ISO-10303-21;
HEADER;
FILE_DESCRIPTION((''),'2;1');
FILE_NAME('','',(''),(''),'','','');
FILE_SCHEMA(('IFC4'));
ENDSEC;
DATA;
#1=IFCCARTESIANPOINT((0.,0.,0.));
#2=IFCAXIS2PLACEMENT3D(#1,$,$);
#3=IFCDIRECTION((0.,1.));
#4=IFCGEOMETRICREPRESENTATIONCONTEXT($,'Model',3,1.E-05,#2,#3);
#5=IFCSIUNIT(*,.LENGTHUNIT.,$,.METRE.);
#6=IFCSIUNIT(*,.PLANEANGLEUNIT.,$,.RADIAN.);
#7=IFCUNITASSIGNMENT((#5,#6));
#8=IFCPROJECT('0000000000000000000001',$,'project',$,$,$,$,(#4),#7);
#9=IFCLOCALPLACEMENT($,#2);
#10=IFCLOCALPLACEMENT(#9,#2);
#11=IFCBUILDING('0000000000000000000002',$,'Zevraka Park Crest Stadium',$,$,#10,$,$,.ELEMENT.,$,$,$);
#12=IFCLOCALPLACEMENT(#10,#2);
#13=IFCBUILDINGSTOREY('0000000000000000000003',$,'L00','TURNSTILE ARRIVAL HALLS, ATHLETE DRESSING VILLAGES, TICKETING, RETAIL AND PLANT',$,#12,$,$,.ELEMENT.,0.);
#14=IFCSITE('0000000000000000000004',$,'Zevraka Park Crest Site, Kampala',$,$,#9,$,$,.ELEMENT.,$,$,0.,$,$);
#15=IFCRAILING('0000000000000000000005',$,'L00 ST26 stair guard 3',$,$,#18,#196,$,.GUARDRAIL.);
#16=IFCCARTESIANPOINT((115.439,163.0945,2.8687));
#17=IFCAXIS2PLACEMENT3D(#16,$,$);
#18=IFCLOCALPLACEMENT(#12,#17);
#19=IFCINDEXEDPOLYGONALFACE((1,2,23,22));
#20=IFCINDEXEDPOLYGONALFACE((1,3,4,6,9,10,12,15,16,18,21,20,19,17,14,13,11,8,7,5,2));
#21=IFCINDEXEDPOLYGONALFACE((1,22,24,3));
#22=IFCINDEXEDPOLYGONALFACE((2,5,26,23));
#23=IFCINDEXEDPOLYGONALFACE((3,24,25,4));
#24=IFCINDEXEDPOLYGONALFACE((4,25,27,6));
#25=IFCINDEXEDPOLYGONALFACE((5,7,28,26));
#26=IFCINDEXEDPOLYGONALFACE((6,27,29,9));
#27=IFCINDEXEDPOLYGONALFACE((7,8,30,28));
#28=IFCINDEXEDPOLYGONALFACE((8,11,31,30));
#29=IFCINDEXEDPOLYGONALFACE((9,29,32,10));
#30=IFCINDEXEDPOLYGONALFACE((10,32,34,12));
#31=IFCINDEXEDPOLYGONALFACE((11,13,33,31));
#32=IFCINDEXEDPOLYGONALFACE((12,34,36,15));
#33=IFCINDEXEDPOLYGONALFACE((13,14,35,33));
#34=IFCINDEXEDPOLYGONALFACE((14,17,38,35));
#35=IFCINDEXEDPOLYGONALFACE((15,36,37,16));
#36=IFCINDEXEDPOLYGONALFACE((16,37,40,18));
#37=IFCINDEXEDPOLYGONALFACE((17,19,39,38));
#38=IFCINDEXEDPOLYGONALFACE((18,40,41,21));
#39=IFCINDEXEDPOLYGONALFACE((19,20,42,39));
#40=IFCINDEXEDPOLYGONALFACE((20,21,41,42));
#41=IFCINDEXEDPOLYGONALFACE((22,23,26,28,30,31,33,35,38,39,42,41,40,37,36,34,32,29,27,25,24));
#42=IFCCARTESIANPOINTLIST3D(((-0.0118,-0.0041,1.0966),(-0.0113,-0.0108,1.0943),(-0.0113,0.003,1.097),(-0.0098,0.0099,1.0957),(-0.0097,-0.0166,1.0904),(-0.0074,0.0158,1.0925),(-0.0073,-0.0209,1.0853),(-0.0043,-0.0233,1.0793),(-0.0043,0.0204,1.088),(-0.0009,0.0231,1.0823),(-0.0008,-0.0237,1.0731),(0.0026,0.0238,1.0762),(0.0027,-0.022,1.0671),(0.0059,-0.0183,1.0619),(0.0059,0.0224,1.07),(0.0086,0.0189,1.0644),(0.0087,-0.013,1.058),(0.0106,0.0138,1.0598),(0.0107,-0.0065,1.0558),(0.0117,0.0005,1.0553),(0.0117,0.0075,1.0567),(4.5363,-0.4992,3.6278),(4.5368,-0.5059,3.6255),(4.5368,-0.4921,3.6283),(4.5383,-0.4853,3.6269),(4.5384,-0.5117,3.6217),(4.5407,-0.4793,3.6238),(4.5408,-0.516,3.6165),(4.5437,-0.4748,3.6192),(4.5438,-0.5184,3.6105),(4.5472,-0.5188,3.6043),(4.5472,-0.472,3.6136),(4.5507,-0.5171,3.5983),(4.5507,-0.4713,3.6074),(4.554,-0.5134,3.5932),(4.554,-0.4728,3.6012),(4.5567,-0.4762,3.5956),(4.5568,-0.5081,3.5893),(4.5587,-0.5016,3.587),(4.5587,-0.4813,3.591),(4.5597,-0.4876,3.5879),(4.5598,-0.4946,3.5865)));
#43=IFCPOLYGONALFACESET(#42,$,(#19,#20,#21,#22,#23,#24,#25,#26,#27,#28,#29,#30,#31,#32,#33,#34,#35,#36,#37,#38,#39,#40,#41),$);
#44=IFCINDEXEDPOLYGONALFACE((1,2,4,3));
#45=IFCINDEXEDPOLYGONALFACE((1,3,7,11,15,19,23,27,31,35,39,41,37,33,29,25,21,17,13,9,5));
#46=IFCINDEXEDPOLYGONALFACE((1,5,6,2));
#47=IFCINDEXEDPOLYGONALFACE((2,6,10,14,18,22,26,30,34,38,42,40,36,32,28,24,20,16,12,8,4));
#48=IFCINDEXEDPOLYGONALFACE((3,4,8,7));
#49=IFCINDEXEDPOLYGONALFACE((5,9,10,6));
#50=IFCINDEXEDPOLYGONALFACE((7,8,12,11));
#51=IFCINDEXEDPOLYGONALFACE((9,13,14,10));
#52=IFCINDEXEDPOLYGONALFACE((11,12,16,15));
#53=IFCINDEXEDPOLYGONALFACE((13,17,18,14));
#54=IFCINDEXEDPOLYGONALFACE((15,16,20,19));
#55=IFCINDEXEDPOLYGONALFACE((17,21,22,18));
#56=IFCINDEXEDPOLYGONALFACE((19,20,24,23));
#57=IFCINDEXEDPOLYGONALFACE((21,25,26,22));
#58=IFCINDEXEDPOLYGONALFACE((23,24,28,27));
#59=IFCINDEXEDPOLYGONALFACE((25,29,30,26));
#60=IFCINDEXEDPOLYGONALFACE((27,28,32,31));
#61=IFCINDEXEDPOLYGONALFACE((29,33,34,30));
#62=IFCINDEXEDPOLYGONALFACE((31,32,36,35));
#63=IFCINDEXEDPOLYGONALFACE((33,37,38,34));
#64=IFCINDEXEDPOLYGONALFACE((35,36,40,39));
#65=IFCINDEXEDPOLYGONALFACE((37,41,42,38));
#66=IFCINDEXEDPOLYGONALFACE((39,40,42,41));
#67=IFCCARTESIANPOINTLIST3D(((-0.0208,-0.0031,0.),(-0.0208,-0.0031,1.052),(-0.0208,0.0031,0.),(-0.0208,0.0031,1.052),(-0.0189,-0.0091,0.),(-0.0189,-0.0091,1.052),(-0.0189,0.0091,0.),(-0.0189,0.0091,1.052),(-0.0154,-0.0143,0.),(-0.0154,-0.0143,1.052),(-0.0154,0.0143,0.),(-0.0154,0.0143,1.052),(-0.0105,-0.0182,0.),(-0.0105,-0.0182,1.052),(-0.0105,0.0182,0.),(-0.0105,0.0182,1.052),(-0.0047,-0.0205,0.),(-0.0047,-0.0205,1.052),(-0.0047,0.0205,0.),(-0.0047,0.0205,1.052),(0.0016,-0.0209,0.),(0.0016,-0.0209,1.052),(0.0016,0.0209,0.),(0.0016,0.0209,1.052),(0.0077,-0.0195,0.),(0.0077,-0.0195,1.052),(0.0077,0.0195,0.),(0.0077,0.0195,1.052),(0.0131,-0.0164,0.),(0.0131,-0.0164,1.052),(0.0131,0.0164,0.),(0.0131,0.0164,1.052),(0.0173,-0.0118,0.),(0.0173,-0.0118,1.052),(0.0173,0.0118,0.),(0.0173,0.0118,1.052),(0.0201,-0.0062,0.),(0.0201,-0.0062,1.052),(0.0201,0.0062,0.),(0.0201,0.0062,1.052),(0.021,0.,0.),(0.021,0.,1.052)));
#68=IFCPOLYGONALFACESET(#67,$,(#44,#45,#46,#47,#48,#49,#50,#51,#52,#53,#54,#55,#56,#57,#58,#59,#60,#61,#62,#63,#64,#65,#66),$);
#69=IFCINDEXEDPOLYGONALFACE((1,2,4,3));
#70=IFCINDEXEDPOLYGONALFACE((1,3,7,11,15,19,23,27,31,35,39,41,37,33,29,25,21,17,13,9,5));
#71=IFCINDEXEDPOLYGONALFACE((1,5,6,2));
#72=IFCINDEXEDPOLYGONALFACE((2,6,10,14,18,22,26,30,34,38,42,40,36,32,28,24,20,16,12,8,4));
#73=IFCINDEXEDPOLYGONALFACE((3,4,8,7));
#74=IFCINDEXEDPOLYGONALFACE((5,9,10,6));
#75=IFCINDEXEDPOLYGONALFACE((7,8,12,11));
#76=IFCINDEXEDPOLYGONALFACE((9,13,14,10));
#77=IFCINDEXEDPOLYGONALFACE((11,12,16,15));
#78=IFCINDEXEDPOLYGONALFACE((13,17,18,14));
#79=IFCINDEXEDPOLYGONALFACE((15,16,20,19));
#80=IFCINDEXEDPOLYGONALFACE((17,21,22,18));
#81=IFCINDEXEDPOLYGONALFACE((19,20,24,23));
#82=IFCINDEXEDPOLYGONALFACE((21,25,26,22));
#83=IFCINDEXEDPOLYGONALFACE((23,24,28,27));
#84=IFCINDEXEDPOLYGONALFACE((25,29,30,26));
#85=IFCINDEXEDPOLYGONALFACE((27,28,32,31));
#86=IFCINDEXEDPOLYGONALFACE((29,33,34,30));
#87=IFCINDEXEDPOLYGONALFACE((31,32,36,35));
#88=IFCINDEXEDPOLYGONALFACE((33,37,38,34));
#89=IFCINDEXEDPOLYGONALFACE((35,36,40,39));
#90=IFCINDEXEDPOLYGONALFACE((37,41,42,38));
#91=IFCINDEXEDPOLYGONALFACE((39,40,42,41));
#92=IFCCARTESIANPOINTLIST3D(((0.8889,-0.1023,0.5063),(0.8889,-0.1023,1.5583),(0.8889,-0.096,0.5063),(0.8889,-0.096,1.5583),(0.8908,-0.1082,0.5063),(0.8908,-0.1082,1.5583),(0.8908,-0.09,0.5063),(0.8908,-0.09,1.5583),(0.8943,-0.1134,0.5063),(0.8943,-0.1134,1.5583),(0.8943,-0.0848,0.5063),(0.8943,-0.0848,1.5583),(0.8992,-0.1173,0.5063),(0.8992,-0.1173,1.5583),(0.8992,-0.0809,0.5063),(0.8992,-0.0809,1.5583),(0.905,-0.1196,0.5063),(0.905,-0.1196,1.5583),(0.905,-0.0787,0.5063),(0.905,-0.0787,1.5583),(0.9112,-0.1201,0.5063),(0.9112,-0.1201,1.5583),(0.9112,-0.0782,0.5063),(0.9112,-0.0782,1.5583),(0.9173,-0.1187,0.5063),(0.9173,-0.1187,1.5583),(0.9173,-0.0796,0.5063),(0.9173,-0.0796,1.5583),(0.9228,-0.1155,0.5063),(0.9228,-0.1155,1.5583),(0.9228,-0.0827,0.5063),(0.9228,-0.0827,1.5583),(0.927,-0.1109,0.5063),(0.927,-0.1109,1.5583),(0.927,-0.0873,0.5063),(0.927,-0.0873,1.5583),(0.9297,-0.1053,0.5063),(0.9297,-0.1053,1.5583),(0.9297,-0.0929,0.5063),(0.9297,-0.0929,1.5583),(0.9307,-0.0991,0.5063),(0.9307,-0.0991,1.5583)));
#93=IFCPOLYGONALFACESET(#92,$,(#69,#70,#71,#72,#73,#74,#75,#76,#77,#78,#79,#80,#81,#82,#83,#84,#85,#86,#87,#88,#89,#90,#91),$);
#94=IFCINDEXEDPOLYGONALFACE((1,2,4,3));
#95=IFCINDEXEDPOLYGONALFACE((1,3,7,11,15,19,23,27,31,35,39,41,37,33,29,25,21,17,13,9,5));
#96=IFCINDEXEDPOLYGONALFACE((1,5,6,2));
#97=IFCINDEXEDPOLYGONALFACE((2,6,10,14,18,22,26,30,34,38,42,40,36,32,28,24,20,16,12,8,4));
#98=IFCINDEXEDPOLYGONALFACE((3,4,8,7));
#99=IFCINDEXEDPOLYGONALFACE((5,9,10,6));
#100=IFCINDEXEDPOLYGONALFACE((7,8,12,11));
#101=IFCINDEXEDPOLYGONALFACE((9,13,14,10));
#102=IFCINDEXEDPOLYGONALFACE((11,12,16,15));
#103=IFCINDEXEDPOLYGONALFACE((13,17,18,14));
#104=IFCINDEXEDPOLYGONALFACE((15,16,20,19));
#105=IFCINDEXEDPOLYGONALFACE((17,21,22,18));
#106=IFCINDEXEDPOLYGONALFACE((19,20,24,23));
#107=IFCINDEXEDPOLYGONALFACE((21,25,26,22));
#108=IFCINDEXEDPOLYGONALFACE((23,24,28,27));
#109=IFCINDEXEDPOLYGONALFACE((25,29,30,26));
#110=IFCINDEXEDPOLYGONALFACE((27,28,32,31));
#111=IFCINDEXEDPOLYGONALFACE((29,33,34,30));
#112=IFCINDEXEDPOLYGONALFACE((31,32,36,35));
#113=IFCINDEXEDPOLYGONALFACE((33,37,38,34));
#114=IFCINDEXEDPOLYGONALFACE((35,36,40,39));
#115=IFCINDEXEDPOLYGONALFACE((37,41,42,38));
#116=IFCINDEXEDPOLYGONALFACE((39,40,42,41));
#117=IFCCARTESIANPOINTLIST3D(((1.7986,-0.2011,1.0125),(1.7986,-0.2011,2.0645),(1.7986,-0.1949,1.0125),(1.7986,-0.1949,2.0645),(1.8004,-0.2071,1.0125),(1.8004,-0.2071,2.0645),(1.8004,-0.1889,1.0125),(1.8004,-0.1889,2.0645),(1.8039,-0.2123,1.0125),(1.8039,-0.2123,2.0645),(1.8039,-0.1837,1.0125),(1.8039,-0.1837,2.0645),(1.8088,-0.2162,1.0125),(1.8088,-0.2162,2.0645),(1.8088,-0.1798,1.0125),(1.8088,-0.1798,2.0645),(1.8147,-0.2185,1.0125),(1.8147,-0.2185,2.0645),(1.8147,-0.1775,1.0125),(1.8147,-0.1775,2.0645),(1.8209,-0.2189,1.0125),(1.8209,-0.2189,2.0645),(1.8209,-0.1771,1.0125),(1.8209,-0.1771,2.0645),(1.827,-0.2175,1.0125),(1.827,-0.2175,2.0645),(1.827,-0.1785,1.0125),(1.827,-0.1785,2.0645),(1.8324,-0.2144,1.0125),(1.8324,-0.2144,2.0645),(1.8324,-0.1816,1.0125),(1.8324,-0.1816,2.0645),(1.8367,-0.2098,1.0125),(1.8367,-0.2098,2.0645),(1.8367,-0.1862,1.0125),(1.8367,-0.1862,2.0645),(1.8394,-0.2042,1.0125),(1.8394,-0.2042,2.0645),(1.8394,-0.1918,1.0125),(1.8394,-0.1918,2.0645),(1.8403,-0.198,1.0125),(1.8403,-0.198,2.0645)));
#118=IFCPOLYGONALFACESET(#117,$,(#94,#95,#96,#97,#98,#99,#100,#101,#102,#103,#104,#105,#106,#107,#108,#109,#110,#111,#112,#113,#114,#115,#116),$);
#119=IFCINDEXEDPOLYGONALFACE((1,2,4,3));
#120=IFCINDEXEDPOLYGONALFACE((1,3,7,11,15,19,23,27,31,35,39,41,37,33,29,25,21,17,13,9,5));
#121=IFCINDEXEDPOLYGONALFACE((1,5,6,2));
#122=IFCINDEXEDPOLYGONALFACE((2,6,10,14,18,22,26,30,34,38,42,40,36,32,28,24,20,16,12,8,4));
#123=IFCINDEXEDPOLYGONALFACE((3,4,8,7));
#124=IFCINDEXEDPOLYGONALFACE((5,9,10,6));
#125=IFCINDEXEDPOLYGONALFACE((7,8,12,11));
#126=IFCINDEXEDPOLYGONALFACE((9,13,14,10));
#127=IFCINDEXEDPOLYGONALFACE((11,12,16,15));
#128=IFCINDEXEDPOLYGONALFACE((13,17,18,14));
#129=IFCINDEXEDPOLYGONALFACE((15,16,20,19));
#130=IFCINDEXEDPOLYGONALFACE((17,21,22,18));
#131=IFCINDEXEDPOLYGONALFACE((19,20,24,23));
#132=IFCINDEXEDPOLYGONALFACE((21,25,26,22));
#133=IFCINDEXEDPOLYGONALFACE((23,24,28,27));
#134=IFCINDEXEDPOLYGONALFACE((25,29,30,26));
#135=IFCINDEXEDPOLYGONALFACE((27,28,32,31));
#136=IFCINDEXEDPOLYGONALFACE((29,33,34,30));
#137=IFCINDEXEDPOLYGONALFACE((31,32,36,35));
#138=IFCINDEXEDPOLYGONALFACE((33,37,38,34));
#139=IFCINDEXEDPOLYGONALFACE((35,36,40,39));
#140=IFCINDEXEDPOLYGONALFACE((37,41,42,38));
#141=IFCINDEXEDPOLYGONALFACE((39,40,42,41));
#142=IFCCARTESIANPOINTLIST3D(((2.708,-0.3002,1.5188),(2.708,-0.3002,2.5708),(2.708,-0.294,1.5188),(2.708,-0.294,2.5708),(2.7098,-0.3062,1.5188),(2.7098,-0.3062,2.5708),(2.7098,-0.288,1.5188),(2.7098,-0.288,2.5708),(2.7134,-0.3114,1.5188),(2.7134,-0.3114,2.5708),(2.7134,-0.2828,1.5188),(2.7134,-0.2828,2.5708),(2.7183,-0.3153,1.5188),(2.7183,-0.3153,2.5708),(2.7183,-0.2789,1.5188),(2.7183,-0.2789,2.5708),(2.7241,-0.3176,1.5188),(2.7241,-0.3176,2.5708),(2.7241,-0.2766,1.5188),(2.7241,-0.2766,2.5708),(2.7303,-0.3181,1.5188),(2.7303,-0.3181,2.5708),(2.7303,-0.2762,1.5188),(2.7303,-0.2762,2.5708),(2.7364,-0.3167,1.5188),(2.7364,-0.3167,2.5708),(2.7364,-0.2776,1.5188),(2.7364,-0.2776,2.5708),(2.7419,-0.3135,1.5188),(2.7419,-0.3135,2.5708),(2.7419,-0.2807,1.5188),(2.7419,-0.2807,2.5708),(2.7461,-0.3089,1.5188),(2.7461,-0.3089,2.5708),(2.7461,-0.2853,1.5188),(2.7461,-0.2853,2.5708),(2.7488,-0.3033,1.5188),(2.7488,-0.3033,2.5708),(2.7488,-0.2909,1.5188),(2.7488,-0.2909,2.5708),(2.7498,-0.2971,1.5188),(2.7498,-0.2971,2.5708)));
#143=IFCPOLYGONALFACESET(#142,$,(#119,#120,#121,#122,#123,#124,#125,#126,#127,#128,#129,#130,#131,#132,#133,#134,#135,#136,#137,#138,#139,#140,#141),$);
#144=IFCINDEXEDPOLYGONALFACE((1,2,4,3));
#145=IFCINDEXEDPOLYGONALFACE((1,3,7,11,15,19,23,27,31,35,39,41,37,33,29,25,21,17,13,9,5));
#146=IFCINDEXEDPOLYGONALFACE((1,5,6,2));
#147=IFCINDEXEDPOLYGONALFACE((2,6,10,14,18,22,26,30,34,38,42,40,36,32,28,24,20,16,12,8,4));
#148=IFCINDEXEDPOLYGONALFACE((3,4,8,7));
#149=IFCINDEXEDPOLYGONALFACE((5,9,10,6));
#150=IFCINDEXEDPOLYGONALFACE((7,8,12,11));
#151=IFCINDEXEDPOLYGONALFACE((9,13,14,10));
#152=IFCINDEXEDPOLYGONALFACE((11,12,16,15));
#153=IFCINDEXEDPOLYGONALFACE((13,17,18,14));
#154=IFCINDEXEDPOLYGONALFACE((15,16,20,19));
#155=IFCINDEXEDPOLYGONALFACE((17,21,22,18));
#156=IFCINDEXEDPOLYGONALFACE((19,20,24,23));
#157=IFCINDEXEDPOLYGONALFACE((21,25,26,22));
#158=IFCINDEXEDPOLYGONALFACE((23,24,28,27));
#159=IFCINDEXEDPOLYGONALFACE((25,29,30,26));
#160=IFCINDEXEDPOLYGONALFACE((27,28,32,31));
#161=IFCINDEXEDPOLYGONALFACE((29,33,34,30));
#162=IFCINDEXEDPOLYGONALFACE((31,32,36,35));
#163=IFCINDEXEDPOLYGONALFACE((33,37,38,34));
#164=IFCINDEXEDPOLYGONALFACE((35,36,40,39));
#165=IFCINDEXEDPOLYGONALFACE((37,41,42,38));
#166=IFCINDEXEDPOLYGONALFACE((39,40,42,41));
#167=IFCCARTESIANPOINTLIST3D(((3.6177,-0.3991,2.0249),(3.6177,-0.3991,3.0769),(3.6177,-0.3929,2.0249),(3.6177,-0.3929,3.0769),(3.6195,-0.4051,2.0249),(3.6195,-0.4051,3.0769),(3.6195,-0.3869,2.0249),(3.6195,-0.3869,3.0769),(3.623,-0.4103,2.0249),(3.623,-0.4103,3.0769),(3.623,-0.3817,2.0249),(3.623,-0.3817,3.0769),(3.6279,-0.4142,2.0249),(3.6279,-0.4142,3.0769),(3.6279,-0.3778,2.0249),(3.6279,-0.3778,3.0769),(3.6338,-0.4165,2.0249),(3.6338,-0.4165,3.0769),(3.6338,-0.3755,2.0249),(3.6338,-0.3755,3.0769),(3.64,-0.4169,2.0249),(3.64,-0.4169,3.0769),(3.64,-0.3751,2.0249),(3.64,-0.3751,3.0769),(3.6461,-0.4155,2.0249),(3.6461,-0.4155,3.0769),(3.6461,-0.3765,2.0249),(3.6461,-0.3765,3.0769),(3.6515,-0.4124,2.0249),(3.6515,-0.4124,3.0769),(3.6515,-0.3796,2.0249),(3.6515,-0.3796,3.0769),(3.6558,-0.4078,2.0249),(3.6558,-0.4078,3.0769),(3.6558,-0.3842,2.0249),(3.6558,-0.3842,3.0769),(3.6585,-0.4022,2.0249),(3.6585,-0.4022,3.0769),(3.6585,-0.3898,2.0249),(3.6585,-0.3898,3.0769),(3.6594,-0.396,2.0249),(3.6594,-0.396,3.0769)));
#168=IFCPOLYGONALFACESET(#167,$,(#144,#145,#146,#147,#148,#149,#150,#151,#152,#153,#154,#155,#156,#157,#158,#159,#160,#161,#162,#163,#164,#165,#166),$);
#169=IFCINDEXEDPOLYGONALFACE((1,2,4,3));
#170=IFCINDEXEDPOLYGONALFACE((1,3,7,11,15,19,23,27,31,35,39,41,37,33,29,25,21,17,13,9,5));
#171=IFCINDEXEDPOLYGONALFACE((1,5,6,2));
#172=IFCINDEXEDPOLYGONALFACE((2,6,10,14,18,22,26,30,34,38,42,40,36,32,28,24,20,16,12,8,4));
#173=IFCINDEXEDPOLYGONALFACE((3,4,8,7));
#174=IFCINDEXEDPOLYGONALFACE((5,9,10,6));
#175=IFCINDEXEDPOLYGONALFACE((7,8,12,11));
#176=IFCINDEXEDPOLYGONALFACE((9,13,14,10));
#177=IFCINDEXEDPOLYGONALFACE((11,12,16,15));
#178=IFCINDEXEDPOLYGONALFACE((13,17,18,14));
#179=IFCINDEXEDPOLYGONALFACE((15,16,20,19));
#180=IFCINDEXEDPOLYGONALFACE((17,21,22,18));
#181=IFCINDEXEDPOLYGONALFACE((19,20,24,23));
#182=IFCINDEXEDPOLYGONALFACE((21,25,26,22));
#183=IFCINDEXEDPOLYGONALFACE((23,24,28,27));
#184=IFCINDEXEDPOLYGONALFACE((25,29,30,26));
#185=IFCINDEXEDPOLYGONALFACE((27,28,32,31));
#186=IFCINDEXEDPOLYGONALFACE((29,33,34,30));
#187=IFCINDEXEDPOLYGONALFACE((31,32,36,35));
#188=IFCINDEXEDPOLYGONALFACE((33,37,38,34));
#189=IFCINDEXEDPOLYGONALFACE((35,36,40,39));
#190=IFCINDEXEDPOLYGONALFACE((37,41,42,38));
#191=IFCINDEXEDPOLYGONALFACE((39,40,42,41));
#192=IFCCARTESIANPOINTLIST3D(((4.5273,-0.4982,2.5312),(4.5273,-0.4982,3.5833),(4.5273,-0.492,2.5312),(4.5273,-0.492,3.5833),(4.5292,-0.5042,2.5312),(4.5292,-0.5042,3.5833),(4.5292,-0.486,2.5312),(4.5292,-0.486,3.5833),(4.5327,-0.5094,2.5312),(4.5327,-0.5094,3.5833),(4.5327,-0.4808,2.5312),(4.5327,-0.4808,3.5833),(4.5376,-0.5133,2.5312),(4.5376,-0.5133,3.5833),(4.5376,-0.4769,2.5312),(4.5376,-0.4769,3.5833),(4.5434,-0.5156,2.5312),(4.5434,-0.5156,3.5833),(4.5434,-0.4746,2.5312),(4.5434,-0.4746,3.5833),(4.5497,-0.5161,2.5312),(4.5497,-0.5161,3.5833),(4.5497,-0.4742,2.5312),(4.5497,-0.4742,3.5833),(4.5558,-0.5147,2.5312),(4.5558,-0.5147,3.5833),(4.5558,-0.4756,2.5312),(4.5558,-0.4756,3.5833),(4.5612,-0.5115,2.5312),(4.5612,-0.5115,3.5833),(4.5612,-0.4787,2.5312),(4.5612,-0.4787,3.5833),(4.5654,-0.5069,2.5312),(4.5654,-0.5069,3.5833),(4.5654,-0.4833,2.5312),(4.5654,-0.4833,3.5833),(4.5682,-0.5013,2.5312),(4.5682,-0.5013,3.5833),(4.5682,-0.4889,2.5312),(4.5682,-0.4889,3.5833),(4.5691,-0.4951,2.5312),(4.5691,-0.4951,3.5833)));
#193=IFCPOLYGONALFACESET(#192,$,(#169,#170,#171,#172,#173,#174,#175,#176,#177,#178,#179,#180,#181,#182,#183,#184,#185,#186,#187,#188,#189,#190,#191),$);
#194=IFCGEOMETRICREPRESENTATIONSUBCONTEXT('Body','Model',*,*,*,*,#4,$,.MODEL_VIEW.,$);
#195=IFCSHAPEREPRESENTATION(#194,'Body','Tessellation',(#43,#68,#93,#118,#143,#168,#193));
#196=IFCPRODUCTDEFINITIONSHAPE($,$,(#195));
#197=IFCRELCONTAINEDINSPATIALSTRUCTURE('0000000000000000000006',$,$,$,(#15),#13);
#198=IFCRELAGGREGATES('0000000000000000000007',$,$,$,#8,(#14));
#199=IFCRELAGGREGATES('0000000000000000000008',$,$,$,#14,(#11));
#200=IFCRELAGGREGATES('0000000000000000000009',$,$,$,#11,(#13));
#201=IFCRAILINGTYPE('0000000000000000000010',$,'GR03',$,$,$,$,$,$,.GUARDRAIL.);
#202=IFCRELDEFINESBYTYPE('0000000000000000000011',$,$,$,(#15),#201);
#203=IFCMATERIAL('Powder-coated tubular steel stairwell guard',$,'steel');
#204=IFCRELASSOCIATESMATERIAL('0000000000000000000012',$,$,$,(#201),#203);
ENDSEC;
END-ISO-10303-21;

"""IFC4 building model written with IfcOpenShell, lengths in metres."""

from ifc_helpers import new_model, si_unit, direction, frame, origin, origin_2d, place, context, subcontext, project, spatial, circle, extrude, material, type_object, element, save


model = new_model("IFC4")

# Units and contexts
model_context = context("Model", 3, precision=1e-05, world=origin(), true_north=direction((0.0, 1.0)))
body_context = subcontext(model_context, "Body", "Model", "MODEL_VIEW")
ifc_project = project(units=[si_unit("LENGTHUNIT", "METRE"), si_unit("PLANEANGLEUNIT", "RADIAN")], contexts=[model_context])

# Site, building, storey
site_placement = place(None, origin())
site = spatial("IfcSite", under=ifc_project, at=site_placement, Name="Zevraka Park Crest Site, Kampala", CompositionType="ELEMENT", RefElevation=0.0)
building_placement = place(site_placement, origin())
building = spatial("IfcBuilding", under=site, at=building_placement, Name="Zevraka Park Crest Stadium", CompositionType="ELEMENT")
storey_placement = place(building_placement, origin())
storey = spatial("IfcBuildingStorey", under=building, at=storey_placement, Name="L00", Description="TURNSTILE ARRIVAL HALLS, ATHLETE DRESSING VILLAGES, TICKETING, RETAIL AND PLANT", CompositionType="ELEMENT", Elevation=0.0)

# Railing
ifc_material_1 = material(Name="Powder-coated tubular steel stairwell guard", Category="steel")
railing_type_1 = type_object("IfcRailingType", Name="GR03", PredefinedType="GUARDRAIL", material=ifc_material_1)
railing_1_placement = place(storey_placement, frame((115.439, 163.0945, 2.8687)))
element("IfcRailing", 1, at=railing_1_placement, inside=storey, type_object=railing_type_1, Name="L00 ST26 stair guard 3", PredefinedType="GUARDRAIL", context=body_context, shape_type="SweptSolid", body=[
    extrude(circle(Radius=0.0239, at=origin_2d()), frame((0.0, 0.0, 1.0762), z_axis=(0.869861, -0.094695, 0.484123), x_axis=(0.108223, 0.994127, 0.0)), (0.0, 0.0, 1.0), 5.2285),
    extrude(circle(Radius=0.021, at=origin_2d()), origin(), (0.0, 0.0, 1.0), 1.052),
    extrude(circle(Radius=0.021, at=origin_2d()), frame((0.9097, -0.0991, 0.5063)), (0.0, 0.0, 1.0), 1.052),
    extrude(circle(Radius=0.021, at=origin_2d()), frame((1.8193, -0.198, 1.0125)), (0.0, 0.0, 1.0), 1.052),
    extrude(circle(Radius=0.021, at=origin_2d()), frame((2.7288, -0.2971, 1.5188)), (0.0, 0.0, 1.0), 1.052),
    extrude(circle(Radius=0.021, at=origin_2d()), frame((3.6384, -0.396, 2.0249)), (0.0, 0.0, 1.0), 1.052),
    extrude(circle(Radius=0.021, at=origin_2d()), frame((4.5481, -0.4951, 2.5312)), (0.0, 0.0, 1.0), 1.052),
])

save(model, "model.ifc")
